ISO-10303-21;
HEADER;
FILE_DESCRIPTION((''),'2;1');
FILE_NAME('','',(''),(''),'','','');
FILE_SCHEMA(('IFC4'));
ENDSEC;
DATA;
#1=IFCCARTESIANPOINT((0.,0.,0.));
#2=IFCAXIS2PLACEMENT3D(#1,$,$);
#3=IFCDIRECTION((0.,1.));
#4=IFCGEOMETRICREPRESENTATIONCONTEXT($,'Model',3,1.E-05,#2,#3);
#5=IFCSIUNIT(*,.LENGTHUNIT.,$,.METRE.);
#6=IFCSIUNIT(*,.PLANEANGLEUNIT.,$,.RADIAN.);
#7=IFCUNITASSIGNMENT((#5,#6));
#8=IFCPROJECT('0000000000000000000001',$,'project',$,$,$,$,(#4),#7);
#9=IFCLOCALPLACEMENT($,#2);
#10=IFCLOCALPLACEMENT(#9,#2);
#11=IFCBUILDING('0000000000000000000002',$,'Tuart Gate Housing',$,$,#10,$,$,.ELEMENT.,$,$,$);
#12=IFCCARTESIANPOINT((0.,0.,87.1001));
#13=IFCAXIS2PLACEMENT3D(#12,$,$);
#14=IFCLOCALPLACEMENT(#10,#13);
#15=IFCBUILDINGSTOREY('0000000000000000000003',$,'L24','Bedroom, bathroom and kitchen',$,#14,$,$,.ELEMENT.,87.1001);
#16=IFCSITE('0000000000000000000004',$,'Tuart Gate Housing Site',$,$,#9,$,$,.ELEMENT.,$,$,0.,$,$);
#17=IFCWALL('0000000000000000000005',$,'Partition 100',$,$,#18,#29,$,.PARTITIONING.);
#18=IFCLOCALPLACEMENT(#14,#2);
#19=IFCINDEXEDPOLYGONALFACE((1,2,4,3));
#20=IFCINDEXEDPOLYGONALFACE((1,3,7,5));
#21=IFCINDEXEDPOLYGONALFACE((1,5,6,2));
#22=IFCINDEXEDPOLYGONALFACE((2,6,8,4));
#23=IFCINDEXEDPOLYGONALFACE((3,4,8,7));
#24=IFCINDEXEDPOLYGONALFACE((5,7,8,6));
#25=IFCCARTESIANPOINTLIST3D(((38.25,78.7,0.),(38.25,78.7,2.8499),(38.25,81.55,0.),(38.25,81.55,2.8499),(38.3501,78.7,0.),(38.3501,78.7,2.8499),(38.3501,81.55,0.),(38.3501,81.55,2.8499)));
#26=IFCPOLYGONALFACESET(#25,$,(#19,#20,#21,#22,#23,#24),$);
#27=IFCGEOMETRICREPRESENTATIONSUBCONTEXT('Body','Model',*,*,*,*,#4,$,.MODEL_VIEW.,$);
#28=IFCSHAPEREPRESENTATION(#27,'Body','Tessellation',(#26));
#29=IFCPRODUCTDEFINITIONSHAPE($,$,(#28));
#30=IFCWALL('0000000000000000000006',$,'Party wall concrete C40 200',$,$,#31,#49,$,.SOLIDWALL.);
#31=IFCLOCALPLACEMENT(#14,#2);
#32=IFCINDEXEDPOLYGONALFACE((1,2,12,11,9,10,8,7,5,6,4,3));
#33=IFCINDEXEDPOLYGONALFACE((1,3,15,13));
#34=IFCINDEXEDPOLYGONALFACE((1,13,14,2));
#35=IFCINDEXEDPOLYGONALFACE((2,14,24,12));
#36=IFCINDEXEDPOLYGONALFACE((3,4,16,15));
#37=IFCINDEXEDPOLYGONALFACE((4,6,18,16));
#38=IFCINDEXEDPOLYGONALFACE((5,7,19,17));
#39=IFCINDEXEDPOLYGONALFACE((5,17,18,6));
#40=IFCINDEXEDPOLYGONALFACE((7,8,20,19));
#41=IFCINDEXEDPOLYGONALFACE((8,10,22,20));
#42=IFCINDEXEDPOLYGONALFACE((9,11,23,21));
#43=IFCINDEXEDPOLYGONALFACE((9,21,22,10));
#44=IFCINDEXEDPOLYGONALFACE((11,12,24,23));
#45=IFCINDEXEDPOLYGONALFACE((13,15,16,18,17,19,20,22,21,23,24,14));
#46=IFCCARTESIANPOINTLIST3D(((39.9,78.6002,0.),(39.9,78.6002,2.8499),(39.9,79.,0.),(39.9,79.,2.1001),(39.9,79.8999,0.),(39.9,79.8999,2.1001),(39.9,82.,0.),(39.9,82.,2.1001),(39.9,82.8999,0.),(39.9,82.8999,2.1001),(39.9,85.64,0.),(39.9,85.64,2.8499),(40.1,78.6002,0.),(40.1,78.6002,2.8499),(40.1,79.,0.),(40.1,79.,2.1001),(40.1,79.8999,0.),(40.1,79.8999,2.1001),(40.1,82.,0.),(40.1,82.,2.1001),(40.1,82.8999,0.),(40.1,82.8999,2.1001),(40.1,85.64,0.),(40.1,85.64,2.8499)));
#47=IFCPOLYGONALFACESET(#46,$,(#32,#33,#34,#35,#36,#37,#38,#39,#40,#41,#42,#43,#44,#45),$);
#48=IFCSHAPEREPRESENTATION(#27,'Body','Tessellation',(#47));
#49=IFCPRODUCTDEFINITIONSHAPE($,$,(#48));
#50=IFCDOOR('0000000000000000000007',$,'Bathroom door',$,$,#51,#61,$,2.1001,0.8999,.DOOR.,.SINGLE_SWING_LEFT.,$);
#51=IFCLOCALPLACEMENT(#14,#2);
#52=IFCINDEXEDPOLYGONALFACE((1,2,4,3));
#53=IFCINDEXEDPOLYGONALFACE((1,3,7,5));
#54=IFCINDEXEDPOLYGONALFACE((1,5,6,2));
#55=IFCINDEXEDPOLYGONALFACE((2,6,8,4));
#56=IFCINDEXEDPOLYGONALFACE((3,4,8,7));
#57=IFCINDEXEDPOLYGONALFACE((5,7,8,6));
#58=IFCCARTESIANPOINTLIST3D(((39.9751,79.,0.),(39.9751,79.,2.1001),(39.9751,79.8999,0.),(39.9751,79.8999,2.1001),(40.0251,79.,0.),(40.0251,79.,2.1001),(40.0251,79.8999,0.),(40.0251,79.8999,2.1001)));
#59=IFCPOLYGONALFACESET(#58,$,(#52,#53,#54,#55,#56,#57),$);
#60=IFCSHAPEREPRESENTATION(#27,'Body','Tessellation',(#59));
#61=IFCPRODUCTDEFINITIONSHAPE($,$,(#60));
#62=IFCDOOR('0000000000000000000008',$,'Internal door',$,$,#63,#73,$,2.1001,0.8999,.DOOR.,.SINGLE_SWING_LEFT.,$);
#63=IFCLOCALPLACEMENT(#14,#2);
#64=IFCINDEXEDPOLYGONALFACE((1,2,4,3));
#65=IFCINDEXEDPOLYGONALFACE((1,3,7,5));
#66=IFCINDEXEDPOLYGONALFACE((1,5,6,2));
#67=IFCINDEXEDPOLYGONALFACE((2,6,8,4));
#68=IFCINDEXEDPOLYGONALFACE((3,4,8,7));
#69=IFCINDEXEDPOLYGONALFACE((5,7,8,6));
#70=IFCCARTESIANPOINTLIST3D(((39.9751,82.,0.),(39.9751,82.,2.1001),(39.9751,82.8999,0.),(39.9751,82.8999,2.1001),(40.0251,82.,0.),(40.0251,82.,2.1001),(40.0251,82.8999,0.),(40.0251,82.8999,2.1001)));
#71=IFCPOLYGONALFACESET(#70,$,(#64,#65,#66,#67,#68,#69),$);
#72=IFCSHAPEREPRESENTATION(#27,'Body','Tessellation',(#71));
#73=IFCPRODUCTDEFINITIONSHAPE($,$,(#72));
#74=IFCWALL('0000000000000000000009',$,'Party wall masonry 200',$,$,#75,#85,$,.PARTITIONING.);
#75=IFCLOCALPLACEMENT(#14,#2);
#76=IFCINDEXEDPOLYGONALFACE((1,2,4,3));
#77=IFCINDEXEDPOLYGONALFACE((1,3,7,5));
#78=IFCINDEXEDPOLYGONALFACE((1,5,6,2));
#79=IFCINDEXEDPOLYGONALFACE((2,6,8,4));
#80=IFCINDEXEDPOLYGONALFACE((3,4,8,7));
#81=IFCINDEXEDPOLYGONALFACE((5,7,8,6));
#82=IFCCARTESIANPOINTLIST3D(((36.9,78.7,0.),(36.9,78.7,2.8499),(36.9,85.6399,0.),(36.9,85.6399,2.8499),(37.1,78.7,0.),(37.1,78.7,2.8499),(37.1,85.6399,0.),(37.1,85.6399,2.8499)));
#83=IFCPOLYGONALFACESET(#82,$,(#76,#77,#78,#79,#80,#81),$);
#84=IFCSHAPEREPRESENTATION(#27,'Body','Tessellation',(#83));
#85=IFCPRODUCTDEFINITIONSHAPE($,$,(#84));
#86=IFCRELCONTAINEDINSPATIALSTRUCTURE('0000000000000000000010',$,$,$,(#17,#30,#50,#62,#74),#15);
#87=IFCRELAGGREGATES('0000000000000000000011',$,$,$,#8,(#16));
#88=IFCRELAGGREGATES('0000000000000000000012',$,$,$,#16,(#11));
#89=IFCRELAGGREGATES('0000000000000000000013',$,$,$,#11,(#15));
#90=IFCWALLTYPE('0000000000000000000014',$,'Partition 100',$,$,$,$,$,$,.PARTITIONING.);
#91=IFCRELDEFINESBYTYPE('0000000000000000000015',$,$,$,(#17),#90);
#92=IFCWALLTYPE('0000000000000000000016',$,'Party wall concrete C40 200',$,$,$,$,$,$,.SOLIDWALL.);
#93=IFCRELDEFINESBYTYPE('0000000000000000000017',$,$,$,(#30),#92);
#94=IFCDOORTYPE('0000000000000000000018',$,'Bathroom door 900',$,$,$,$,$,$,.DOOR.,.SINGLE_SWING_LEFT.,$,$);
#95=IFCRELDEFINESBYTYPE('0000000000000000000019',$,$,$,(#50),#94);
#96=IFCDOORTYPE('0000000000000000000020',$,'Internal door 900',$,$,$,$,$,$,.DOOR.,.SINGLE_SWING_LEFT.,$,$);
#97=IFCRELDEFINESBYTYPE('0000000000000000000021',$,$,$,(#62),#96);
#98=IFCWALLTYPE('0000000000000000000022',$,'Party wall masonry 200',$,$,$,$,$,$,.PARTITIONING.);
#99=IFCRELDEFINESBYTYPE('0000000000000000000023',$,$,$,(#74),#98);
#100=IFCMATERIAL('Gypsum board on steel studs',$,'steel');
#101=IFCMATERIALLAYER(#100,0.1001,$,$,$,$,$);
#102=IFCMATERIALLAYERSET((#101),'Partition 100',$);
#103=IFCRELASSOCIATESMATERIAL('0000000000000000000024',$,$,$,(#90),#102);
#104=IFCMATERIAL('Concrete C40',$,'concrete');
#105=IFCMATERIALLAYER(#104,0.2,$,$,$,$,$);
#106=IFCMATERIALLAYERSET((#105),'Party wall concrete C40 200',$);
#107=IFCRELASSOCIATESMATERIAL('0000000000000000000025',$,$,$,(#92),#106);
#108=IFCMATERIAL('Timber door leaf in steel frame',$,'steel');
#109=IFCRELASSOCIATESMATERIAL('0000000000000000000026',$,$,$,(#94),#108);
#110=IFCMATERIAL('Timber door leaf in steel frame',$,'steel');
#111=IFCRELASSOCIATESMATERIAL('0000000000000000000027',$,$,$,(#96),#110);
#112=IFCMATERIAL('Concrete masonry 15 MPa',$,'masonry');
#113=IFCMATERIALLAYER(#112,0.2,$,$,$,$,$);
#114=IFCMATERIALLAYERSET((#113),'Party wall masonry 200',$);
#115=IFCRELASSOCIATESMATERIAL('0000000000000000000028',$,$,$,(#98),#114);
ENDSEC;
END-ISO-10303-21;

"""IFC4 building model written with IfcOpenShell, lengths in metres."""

from ifc_helpers import new_model, si_unit, direction, frame, frame_2d, origin, place, context, subcontext, project, spatial, rectangle, extrude, material, layer, layer_set, type_object, element, fill, save


model = new_model("IFC4")

# Units and contexts
model_context = context("Model", 3, precision=1e-05, world=origin(), true_north=direction((0.0, 1.0)))
body_context = subcontext(model_context, "Body", "Model", "MODEL_VIEW")
ifc_project = project(units=[si_unit("LENGTHUNIT", "METRE"), si_unit("PLANEANGLEUNIT", "RADIAN")], contexts=[model_context])

# Site, building, storey
site_placement = place(None, origin())
site = spatial("IfcSite", under=ifc_project, at=site_placement, Name="Tuart Gate Housing Site", CompositionType="ELEMENT", RefElevation=0.0)
building_placement = place(site_placement, origin())
building = spatial("IfcBuilding", under=site, at=building_placement, Name="Tuart Gate Housing", CompositionType="ELEMENT")
storey_placement = place(building_placement, frame((0.0, 0.0, 87.1001)))
storey = spatial("IfcBuildingStorey", under=building, at=storey_placement, Name="L24", Description="Bedroom, bathroom and kitchen", CompositionType="ELEMENT", Elevation=87.1001)

# Wall
ifc_material_1 = material(Name="Gypsum board on steel studs", Category="steel")
ifc_layer_1 = layer(ifc_material_1, 0.1001)
ifc_layer_set_1 = layer_set([ifc_layer_1], Name="Partition 100")
wall_type_1 = type_object("IfcWallType", Name="Partition 100", PredefinedType="PARTITIONING", material=ifc_layer_set_1)
wall_1_placement = place(storey_placement, frame((38.3, 78.7, 0.0), z_axis=(0.0, 0.0, 1.0), x_axis=(0.0, 1.0, 0.0)))
element("IfcWall", 1, at=wall_1_placement, inside=storey, type_object=wall_type_1, Name="Partition 100", PredefinedType="PARTITIONING", context=body_context, shape_type="SweptSolid", body=[
    extrude(rectangle(XDim=2.8501, YDim=0.1001, at=frame_2d((1.425, 0.0))), origin(), (0.0, 0.0, 1.0), 2.8499),
])

# Wall, openings, doors
ifc_material_2 = material(Name="Concrete C40", Category="concrete")
ifc_layer_2 = layer(ifc_material_2, 0.2)
ifc_layer_set_2 = layer_set([ifc_layer_2], Name="Party wall concrete C40 200")
wall_type_2 = type_object("IfcWallType", Name="Party wall concrete C40 200", PredefinedType="SOLIDWALL", material=ifc_layer_set_2)
wall_2_placement = place(storey_placement, frame((40.0, 78.6001, 0.0), z_axis=(0.0, 0.0, 1.0), x_axis=(0.0, 1.0, 0.0)))
wall_2 = element("IfcWall", 2, at=wall_2_placement, inside=storey, type_object=wall_type_2, Name="Party wall concrete C40 200", PredefinedType="SOLIDWALL", context=body_context, shape_type="SweptSolid", body=[
    extrude(rectangle(XDim=7.0398, YDim=0.2, at=frame_2d((3.52, 0.0))), origin(), (0.0, 0.0, 1.0), 2.8499),
])
opening_1_placement = place(wall_2_placement, frame((3.3999, 0.0, 0.0)))
opening_1 = element("IfcOpeningElement", 3, at=opening_1_placement, cuts=wall_2, PredefinedType="OPENING", context=body_context, shape_type="SweptSolid", body=[
    extrude(rectangle(XDim=0.8999, YDim=2.1001, at=frame_2d((0.45, 1.05))), frame((0.0, 0.1099, 0.0), z_axis=(0.0, -1.0, 0.0), x_axis=(1.0, 0.0, 0.0)), (0.0, 0.0, 1.0), 0.22),
])
opening_2_placement = place(wall_2_placement, frame((0.3999, 0.0, 0.0)))
opening_2 = element("IfcOpeningElement", 4, at=opening_2_placement, cuts=wall_2, PredefinedType="OPENING", context=body_context, shape_type="SweptSolid", body=[
    extrude(rectangle(XDim=0.8999, YDim=2.1001, at=frame_2d((0.45, 1.05))), frame((0.0, 0.1099, 0.0), z_axis=(0.0, -1.0, 0.0), x_axis=(1.0, 0.0, 0.0)), (0.0, 0.0, 1.0), 0.22),
])
ifc_material_3 = material(Name="Timber door leaf in steel frame", Category="steel")
door_type_1 = type_object("IfcDoorType", Name="Bathroom door 900", OperationType="SINGLE_SWING_LEFT", PredefinedType="DOOR", material=ifc_material_3)
door_1_placement = place(opening_2_placement, origin())
door_1 = element("IfcDoor", 5, at=door_1_placement, inside=storey, type_object=door_type_1, Name="Bathroom door", OperationType="SINGLE_SWING_LEFT", OverallHeight=2.1001, OverallWidth=0.8999, PredefinedType="DOOR", context=body_context, shape_type="SweptSolid", body=[
    extrude(rectangle(XDim=0.8999, YDim=2.1001, at=frame_2d((0.45, 1.05))), frame((0.0, 0.0249, 0.0), z_axis=(0.0, -1.0, 0.0), x_axis=(1.0, 0.0, 0.0)), (0.0, 0.0, 1.0), 0.05),
])
fill(opening_2, door_1)
ifc_material_4 = material(Name="Timber door leaf in steel frame", Category="steel")
door_type_2 = type_object("IfcDoorType", Name="Internal door 900", OperationType="SINGLE_SWING_LEFT", PredefinedType="DOOR", material=ifc_material_4)
door_2_placement = place(opening_1_placement, origin())
door_2 = element("IfcDoor", 6, at=door_2_placement, inside=storey, type_object=door_type_2, Name="Internal door", OperationType="SINGLE_SWING_LEFT", OverallHeight=2.1001, OverallWidth=0.8999, PredefinedType="DOOR", context=body_context, shape_type="SweptSolid", body=[
    extrude(rectangle(XDim=0.8999, YDim=2.1001, at=frame_2d((0.45, 1.05))), frame((0.0, 0.0249, 0.0), z_axis=(0.0, -1.0, 0.0), x_axis=(1.0, 0.0, 0.0)), (0.0, 0.0, 1.0), 0.05),
])
fill(opening_1, door_2)

# Wall
ifc_material_5 = material(Name="Concrete masonry 15 MPa", Category="masonry")
ifc_layer_3 = layer(ifc_material_5, 0.2)
ifc_layer_set_3 = layer_set([ifc_layer_3], Name="Party wall masonry 200")
wall_type_3 = type_object("IfcWallType", Name="Party wall masonry 200", PredefinedType="PARTITIONING", material=ifc_layer_set_3)
wall_3_placement = place(storey_placement, frame((37.0, 78.7, 0.0), z_axis=(0.0, 0.0, 1.0), x_axis=(0.0, 1.0, 0.0)))
element("IfcWall", 7, at=wall_3_placement, inside=storey, type_object=wall_type_3, Name="Party wall masonry 200", PredefinedType="PARTITIONING", context=body_context, shape_type="SweptSolid", body=[
    extrude(rectangle(XDim=6.9399, YDim=0.2, at=frame_2d((3.47, 0.0))), origin(), (0.0, 0.0, 1.0), 2.8499),
])

save(model, "model.ifc")
